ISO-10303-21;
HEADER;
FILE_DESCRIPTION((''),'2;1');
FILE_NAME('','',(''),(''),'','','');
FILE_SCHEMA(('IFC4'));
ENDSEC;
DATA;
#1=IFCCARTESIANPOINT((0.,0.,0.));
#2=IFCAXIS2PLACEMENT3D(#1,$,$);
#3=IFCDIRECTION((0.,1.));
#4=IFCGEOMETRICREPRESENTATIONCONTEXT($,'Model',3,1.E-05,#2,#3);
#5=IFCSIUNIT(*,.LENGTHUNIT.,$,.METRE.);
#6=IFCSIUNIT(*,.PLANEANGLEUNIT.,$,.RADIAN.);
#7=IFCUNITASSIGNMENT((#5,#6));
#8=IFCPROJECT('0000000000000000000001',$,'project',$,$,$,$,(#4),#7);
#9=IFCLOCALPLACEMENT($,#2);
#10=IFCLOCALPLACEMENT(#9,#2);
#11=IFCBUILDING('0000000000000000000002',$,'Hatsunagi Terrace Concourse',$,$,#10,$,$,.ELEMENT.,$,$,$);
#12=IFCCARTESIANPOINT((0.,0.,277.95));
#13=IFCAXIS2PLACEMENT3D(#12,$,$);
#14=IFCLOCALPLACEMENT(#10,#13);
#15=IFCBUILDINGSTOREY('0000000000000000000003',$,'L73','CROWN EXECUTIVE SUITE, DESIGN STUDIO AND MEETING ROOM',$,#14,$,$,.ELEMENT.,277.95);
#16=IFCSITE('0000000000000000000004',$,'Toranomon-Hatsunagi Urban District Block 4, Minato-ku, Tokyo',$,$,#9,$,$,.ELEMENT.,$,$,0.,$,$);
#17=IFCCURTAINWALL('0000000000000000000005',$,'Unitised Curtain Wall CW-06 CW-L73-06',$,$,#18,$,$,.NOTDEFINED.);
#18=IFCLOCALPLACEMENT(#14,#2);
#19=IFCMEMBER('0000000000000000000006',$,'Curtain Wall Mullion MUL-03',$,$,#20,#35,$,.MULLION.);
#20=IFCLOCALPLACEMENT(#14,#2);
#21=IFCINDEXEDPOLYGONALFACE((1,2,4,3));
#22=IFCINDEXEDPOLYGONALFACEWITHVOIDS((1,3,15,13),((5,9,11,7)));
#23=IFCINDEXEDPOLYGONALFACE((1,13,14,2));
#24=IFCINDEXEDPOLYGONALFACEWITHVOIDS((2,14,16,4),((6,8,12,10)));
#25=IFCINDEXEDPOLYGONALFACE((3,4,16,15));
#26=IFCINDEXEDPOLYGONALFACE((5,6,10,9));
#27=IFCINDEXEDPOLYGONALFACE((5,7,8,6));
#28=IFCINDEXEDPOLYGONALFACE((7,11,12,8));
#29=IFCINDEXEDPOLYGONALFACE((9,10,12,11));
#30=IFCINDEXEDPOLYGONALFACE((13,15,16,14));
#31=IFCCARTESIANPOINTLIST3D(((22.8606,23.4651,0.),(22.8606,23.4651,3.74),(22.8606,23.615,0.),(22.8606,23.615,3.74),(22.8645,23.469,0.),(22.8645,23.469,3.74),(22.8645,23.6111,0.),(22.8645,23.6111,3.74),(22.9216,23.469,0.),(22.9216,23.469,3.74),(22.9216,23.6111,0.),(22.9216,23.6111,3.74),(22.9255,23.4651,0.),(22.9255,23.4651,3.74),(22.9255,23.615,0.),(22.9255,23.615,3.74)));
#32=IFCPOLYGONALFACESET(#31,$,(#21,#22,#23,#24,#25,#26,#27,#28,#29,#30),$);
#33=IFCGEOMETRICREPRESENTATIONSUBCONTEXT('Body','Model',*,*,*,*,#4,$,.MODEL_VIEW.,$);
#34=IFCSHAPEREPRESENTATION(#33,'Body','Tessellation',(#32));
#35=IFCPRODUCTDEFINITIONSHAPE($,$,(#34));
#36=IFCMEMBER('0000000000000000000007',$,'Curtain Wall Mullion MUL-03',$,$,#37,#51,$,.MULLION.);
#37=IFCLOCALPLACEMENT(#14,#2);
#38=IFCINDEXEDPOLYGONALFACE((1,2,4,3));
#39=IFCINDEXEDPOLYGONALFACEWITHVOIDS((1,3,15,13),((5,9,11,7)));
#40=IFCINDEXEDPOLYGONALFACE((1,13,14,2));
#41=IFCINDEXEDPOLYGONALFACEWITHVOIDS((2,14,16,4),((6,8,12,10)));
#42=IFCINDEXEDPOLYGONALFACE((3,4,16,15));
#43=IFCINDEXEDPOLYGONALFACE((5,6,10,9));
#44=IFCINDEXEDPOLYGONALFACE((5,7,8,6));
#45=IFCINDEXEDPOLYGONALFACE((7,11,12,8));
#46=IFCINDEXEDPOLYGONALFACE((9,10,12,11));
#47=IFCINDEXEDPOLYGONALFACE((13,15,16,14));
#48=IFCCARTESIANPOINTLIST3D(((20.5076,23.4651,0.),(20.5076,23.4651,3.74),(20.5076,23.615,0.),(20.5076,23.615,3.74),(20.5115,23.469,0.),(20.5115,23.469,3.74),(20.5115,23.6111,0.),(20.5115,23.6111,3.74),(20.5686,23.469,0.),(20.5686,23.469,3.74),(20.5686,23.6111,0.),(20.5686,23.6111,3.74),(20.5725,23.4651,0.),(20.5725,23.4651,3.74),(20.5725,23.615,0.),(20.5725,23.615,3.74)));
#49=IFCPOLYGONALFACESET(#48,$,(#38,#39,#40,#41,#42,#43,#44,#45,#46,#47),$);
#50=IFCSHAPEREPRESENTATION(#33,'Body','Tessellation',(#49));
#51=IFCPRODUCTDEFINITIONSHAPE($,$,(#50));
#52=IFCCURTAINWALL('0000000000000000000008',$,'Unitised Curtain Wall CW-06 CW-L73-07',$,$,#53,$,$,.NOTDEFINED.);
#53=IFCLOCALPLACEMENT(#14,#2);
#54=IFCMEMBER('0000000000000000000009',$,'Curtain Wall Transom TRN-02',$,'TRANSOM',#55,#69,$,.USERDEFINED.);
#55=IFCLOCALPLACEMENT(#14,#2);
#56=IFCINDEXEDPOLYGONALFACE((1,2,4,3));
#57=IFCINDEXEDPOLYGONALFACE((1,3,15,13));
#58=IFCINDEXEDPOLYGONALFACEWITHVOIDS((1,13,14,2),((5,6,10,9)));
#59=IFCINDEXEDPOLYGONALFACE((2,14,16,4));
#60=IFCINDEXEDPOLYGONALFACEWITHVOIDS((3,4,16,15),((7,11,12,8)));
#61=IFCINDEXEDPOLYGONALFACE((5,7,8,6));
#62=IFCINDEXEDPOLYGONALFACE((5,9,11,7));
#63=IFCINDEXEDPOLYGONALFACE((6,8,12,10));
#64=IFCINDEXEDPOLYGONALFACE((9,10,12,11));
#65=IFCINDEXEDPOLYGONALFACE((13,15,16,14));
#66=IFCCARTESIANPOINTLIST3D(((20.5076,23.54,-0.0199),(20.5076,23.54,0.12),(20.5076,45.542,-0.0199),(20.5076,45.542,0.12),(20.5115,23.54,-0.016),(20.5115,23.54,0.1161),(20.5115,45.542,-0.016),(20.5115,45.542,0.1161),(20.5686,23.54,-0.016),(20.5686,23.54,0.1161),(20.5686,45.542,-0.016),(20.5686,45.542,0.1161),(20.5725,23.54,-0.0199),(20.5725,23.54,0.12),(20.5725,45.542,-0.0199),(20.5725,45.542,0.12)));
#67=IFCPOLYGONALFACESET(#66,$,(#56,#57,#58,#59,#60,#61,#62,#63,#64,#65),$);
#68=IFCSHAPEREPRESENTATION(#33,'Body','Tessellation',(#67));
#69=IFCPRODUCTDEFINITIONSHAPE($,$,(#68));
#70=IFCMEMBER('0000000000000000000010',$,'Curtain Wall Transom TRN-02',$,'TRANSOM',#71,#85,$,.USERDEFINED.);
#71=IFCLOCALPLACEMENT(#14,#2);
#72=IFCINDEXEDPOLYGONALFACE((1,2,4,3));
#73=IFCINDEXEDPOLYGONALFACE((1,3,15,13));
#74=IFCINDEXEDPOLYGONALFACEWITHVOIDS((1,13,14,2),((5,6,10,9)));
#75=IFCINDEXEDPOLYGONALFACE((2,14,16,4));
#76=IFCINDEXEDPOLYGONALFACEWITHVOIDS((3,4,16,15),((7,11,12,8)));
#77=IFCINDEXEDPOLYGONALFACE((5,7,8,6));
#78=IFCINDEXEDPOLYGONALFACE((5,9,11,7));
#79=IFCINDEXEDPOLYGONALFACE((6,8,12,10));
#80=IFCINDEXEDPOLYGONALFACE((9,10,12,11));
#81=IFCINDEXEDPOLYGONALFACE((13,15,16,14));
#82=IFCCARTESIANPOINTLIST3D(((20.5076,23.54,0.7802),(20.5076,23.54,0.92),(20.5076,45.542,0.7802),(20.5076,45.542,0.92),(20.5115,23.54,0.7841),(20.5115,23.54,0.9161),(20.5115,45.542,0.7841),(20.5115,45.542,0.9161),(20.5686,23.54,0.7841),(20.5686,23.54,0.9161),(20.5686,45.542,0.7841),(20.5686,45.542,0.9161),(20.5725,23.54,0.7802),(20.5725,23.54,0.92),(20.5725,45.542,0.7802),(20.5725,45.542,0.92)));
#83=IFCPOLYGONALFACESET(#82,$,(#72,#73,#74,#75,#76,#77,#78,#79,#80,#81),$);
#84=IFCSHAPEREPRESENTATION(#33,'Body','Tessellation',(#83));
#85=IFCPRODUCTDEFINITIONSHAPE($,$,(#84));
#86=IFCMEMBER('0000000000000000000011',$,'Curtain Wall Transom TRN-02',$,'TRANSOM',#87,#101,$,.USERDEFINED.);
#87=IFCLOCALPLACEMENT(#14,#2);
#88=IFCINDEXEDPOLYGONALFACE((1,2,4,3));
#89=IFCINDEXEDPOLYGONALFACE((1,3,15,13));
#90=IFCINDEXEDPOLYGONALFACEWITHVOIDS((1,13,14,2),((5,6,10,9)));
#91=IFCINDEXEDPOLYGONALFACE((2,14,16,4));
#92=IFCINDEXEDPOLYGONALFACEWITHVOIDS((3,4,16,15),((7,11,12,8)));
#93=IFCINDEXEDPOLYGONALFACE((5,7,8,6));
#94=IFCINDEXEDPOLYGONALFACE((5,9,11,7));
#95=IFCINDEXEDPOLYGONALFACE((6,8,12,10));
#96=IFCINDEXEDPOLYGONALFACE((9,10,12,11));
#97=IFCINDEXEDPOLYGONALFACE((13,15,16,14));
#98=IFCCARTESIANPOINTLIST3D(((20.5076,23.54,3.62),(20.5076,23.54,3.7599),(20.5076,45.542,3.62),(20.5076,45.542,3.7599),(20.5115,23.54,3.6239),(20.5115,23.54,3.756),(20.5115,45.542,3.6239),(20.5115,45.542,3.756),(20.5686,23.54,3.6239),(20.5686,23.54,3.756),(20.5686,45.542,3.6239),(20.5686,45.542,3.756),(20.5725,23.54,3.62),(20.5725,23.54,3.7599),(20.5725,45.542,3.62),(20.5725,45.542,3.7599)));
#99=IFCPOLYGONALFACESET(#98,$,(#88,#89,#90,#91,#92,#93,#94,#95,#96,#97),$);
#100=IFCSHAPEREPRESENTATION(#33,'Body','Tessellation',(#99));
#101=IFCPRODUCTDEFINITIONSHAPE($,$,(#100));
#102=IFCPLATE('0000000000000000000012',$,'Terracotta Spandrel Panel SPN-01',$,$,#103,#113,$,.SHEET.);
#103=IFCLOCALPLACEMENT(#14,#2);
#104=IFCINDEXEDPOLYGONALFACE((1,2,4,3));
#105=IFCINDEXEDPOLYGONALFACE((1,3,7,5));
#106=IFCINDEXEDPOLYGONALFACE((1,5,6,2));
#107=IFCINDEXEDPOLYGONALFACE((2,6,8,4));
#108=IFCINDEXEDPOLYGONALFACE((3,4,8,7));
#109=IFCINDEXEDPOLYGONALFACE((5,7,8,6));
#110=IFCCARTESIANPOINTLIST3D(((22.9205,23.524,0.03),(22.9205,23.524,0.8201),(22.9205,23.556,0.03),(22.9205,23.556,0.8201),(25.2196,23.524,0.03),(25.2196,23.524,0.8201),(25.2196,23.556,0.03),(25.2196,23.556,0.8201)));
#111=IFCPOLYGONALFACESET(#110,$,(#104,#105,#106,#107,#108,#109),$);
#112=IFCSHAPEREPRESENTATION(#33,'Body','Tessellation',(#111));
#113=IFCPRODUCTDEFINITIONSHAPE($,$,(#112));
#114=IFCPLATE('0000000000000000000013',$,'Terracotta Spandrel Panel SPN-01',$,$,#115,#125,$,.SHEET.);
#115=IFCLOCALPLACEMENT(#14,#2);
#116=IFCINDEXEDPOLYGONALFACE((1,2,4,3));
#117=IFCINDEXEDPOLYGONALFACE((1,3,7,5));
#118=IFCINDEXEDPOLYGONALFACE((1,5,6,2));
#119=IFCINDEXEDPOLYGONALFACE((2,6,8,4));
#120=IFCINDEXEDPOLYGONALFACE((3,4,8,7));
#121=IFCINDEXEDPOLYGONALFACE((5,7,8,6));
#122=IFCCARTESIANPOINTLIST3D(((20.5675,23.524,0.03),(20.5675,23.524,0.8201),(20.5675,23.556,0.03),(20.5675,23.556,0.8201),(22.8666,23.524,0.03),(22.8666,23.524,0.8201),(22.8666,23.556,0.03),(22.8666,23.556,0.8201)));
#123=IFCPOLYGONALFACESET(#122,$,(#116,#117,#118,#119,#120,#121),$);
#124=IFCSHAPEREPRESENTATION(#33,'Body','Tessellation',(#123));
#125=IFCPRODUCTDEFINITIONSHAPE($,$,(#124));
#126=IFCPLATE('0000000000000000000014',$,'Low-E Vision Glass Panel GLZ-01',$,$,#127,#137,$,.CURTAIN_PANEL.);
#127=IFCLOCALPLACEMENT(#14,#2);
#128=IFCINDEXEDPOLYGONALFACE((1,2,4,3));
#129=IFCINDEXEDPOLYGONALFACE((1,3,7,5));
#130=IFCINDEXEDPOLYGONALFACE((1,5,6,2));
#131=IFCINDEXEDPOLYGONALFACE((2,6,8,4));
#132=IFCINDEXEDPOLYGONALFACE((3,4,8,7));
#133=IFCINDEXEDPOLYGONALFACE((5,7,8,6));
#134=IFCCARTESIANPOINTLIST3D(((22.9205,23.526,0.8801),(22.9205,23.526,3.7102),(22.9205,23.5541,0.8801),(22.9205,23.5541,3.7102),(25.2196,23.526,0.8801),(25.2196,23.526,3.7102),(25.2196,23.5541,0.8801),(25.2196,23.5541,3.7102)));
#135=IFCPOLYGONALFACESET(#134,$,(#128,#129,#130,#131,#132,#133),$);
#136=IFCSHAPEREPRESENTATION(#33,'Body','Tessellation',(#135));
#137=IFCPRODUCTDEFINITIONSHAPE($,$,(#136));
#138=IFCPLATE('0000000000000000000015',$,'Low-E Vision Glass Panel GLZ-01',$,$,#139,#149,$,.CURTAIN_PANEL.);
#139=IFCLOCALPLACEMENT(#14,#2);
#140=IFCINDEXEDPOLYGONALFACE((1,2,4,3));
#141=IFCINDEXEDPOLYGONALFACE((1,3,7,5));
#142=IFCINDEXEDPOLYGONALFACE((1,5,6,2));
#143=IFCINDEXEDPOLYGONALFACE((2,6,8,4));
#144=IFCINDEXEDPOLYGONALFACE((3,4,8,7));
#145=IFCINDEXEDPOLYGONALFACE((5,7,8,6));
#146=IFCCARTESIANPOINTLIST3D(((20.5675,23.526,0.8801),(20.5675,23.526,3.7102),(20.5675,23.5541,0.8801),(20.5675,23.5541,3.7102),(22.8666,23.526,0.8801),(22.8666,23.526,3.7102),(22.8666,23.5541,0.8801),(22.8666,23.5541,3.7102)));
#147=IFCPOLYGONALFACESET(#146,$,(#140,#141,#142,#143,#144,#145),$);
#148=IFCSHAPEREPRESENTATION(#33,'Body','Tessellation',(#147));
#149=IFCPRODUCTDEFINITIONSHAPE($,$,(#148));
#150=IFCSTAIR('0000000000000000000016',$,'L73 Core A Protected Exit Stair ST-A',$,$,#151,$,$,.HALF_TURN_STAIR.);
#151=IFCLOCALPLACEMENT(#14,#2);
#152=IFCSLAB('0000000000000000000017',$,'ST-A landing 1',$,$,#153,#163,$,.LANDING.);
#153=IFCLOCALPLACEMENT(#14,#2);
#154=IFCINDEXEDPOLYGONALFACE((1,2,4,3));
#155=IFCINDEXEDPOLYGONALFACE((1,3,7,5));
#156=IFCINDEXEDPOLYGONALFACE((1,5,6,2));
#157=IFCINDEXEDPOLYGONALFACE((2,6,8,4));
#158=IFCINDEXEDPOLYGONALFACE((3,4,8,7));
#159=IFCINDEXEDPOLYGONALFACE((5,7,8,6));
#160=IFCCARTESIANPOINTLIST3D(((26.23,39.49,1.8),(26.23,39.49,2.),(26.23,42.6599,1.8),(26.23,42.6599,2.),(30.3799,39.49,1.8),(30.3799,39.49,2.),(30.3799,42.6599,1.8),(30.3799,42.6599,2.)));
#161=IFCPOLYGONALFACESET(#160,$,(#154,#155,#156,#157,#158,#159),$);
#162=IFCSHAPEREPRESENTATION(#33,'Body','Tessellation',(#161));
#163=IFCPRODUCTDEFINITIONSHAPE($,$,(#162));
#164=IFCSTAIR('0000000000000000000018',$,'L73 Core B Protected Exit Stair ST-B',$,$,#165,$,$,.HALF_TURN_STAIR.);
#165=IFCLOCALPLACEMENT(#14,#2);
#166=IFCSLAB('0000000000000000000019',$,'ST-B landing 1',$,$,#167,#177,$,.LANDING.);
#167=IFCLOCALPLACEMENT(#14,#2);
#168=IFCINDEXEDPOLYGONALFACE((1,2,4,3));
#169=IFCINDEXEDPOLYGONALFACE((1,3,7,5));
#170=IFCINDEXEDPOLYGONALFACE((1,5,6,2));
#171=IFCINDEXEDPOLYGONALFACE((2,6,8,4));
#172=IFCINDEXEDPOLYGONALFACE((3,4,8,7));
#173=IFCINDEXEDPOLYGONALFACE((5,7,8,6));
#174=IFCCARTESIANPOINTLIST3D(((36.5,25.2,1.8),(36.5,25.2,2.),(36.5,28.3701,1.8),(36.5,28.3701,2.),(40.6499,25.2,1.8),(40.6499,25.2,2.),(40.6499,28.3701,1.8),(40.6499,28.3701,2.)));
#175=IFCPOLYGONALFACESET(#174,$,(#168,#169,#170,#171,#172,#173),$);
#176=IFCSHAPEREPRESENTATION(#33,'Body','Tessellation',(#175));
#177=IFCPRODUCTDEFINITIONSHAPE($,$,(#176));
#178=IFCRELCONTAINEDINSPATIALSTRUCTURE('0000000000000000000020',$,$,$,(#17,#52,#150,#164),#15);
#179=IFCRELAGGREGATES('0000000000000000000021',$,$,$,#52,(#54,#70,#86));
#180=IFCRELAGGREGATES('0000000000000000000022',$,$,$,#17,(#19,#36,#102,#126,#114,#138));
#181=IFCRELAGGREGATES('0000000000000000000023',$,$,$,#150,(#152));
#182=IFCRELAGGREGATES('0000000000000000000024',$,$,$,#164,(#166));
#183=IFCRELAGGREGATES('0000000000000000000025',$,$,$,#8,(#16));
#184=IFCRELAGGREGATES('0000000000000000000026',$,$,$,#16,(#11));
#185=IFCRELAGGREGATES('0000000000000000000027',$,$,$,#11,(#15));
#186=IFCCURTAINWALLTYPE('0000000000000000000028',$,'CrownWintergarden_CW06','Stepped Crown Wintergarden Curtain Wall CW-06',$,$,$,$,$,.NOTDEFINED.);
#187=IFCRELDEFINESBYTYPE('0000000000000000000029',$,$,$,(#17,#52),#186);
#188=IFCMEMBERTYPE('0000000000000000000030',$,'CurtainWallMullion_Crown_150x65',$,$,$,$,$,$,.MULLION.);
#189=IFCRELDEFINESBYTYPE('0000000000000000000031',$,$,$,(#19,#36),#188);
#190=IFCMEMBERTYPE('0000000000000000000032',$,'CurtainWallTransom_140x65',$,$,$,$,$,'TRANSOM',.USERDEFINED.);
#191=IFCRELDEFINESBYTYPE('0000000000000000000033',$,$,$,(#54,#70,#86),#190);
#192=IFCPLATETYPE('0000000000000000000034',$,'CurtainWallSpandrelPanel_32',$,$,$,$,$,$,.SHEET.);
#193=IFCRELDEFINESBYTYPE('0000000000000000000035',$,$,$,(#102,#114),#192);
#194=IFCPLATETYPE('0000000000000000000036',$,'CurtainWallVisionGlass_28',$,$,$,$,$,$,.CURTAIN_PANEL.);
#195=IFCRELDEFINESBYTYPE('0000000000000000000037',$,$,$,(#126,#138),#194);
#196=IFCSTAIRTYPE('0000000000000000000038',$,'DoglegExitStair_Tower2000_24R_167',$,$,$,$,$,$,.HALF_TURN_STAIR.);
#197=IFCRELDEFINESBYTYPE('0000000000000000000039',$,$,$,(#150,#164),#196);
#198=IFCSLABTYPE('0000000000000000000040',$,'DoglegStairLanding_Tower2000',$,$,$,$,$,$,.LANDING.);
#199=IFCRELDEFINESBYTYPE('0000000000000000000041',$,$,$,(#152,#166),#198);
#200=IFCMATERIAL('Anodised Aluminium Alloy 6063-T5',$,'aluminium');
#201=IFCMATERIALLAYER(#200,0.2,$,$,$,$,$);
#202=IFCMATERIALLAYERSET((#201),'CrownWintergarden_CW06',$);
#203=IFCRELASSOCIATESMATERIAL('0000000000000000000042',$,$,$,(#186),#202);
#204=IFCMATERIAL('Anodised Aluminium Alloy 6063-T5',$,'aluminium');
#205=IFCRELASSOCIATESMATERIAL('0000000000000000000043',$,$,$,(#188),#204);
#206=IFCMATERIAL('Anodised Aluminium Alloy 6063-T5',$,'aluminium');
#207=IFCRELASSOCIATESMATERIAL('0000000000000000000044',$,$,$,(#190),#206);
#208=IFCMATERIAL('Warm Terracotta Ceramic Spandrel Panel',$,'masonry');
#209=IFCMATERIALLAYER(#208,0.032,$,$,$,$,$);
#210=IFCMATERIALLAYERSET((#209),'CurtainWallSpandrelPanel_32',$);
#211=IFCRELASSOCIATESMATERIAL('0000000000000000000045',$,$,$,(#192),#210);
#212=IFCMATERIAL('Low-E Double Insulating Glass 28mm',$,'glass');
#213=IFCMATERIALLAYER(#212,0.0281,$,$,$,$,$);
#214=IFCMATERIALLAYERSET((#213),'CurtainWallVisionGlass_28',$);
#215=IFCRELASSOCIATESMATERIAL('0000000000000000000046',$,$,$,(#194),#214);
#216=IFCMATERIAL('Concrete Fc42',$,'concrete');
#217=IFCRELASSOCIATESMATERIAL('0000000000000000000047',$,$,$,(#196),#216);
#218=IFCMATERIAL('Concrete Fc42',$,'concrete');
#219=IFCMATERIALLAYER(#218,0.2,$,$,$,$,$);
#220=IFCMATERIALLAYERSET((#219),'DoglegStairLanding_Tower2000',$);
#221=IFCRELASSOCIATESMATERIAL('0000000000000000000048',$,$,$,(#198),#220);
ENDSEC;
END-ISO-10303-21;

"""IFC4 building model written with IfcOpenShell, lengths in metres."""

from ifc_helpers import new_model, si_unit, direction, frame, origin, origin_2d, place, context, subcontext, project, spatial, polyline, rectangle, hollow_rectangle, outline, extrude, material, layer, layer_set, material_profile, profile_set, type_object, element, aggregate, save


model = new_model("IFC4")

# Units and contexts
model_context = context("Model", 3, precision=1e-05, world=origin(), true_north=direction((0.0, 1.0)))
body_context = subcontext(model_context, "Body", "Model", "MODEL_VIEW")
ifc_project = project(units=[si_unit("LENGTHUNIT", "METRE"), si_unit("PLANEANGLEUNIT", "RADIAN")], contexts=[model_context])

# Site, building, storey
site_placement = place(None, origin())
site = spatial("IfcSite", under=ifc_project, at=site_placement, Name="Toranomon-Hatsunagi Urban District Block 4, Minato-ku, Tokyo", CompositionType="ELEMENT", RefElevation=0.0)
building_placement = place(site_placement, origin())
building = spatial("IfcBuilding", under=site, at=building_placement, Name="Hatsunagi Terrace Concourse", CompositionType="ELEMENT")
storey_placement = place(building_placement, frame((0.0, 0.0, 277.95)))
storey = spatial("IfcBuildingStorey", under=building, at=storey_placement, Name="L73", Description="CROWN EXECUTIVE SUITE, DESIGN STUDIO AND MEETING ROOM", CompositionType="ELEMENT", Elevation=277.95)

# Curtain walls, members
ifc_material_1 = material(Name="Anodised Aluminium Alloy 6063-T5", Category="aluminium")
ifc_layer_1 = layer(ifc_material_1, 0.2)
ifc_layer_set_1 = layer_set([ifc_layer_1], Name="CrownWintergarden_CW06")
curtain_wall_type = type_object("IfcCurtainWallType", Name="CrownWintergarden_CW06", Description="Stepped Crown Wintergarden Curtain Wall CW-06", PredefinedType="NOTDEFINED", material=ifc_layer_set_1)
curtain_wall_1_placement = place(storey_placement, origin())
curtain_wall_1 = element("IfcCurtainWall", 1, at=curtain_wall_1_placement, inside=storey, type_object=curtain_wall_type, Name="Unitised Curtain Wall CW-06 CW-L73-06", PredefinedType="NOTDEFINED")
ifc_material_2 = material(Name="Anodised Aluminium Alloy 6063-T5", Category="aluminium")
ifc_material_profile_1 = material_profile(ifc_material_2, hollow_rectangle(XDim=0.0649, YDim=0.1499, WallThickness=0.0039, at=origin_2d()), Name="ALU-MUL-150x65x4")
ifc_profile_set_1 = profile_set([ifc_material_profile_1], Name="Anodised Aluminium Alloy 6063-T5")
member_type_1 = type_object("IfcMemberType", Name="CurtainWallMullion_Crown_150x65", PredefinedType="MULLION", material=ifc_profile_set_1)
member_1_placement = place(storey_placement, frame((22.8931, 23.54, 0.0), z_axis=(0.0, 0.0, 1.0), x_axis=(-1.0, 0.0, 0.0)))
member_1 = element("IfcMember", 2, at=member_1_placement, type_object=member_type_1, Name="Curtain Wall Mullion MUL-03", PredefinedType="MULLION", context=body_context, shape_type="SweptSolid", body=[
    extrude(hollow_rectangle(XDim=0.0649, YDim=0.1499, WallThickness=0.0039, at=origin_2d()), origin(), (0.0, 0.0, 1.0), 3.74),
])
member_2_placement = place(storey_placement, frame((20.54, 23.54, 0.0), z_axis=(0.0, 0.0, 1.0), x_axis=(-1.0, 0.0, 0.0)))
member_2 = element("IfcMember", 3, at=member_2_placement, type_object=member_type_1, Name="Curtain Wall Mullion MUL-03", PredefinedType="MULLION", context=body_context, shape_type="SweptSolid", body=[
    extrude(hollow_rectangle(XDim=0.0649, YDim=0.1499, WallThickness=0.0039, at=origin_2d()), origin(), (0.0, 0.0, 1.0), 3.74),
])
curtain_wall_2_placement = place(storey_placement, origin())
curtain_wall_2 = element("IfcCurtainWall", 4, at=curtain_wall_2_placement, inside=storey, type_object=curtain_wall_type, Name="Unitised Curtain Wall CW-06 CW-L73-07", PredefinedType="NOTDEFINED")
ifc_material_3 = material(Name="Anodised Aluminium Alloy 6063-T5", Category="aluminium")
ifc_material_profile_2 = material_profile(ifc_material_3, hollow_rectangle(XDim=0.0649, YDim=0.1399, WallThickness=0.0039, at=origin_2d()), Name="ALU-TRN-140x65x4")
ifc_profile_set_2 = profile_set([ifc_material_profile_2], Name="Anodised Aluminium Alloy 6063-T5")
member_type_2 = type_object("IfcMemberType", Name="CurtainWallTransom_140x65", ElementType="TRANSOM", PredefinedType="USERDEFINED", material=ifc_profile_set_2)
member_3_placement = place(storey_placement, frame((20.54, 23.54, 0.05), z_axis=(0.0, 1.0, 0.0), x_axis=(-1.0, 0.0, 0.0)))
member_3 = element("IfcMember", 5, at=member_3_placement, type_object=member_type_2, Name="Curtain Wall Transom TRN-02", ObjectType="TRANSOM", PredefinedType="USERDEFINED", context=body_context, shape_type="SweptSolid", body=[
    extrude(hollow_rectangle(XDim=0.0649, YDim=0.1399, WallThickness=0.0039, at=origin_2d()), origin(), (0.0, 0.0, 1.0), 22.002),
])
member_4_placement = place(storey_placement, frame((20.54, 23.54, 0.8501), z_axis=(0.0, 1.0, 0.0), x_axis=(-1.0, 0.0, 0.0)))
member_4 = element("IfcMember", 6, at=member_4_placement, type_object=member_type_2, Name="Curtain Wall Transom TRN-02", ObjectType="TRANSOM", PredefinedType="USERDEFINED", context=body_context, shape_type="SweptSolid", body=[
    extrude(hollow_rectangle(XDim=0.0649, YDim=0.1399, WallThickness=0.0039, at=origin_2d()), origin(), (0.0, 0.0, 1.0), 22.002),
])
member_5_placement = place(storey_placement, frame((20.54, 23.54, 3.6899), z_axis=(0.0, 1.0, 0.0), x_axis=(-1.0, 0.0, 0.0)))
member_5 = element("IfcMember", 7, at=member_5_placement, type_object=member_type_2, Name="Curtain Wall Transom TRN-02", ObjectType="TRANSOM", PredefinedType="USERDEFINED", context=body_context, shape_type="SweptSolid", body=[
    extrude(hollow_rectangle(XDim=0.0649, YDim=0.1399, WallThickness=0.0039, at=origin_2d()), origin(), (0.0, 0.0, 1.0), 22.002),
])
aggregate(curtain_wall_2, [member_3, member_4, member_5])

# Plates
ifc_material_4 = material(Name="Warm Terracotta Ceramic Spandrel Panel", Category="masonry")
ifc_layer_2 = layer(ifc_material_4, 0.032)
ifc_layer_set_2 = layer_set([ifc_layer_2], Name="CurtainWallSpandrelPanel_32")
plate_type_1 = type_object("IfcPlateType", Name="CurtainWallSpandrelPanel_32", PredefinedType="SHEET", material=ifc_layer_set_2)
plate_1_placement = place(storey_placement, frame((24.0701, 23.54, 0.03), z_axis=(0.0, 0.0, 1.0), x_axis=(-1.0, 0.0, 0.0)))
plate_1 = element("IfcPlate", 8, at=plate_1_placement, type_object=plate_type_1, Name="Terracotta Spandrel Panel SPN-01", PredefinedType="SHEET", context=body_context, shape_type="SweptSolid", body=[
    extrude(rectangle(XDim=2.2991, YDim=0.032, at=origin_2d()), origin(), (0.0, 0.0, 1.0), 0.79),
])
plate_2_placement = place(storey_placement, frame((21.717, 23.54, 0.03), z_axis=(0.0, 0.0, 1.0), x_axis=(-1.0, 0.0, 0.0)))
plate_2 = element("IfcPlate", 9, at=plate_2_placement, type_object=plate_type_1, Name="Terracotta Spandrel Panel SPN-01", PredefinedType="SHEET", context=body_context, shape_type="SweptSolid", body=[
    extrude(rectangle(XDim=2.2991, YDim=0.032, at=origin_2d()), origin(), (0.0, 0.0, 1.0), 0.79),
])
ifc_material_5 = material(Name="Low-E Double Insulating Glass 28mm", Category="glass")
ifc_layer_3 = layer(ifc_material_5, 0.0281)
ifc_layer_set_3 = layer_set([ifc_layer_3], Name="CurtainWallVisionGlass_28")
plate_type_2 = type_object("IfcPlateType", Name="CurtainWallVisionGlass_28", PredefinedType="CURTAIN_PANEL", material=ifc_layer_set_3)
plate_3_placement = place(storey_placement, frame((24.0701, 23.54, 0.8801), z_axis=(0.0, 0.0, 1.0), x_axis=(-1.0, 0.0, 0.0)))
plate_3 = element("IfcPlate", 10, at=plate_3_placement, type_object=plate_type_2, Name="Low-E Vision Glass Panel GLZ-01", PredefinedType="CURTAIN_PANEL", context=body_context, shape_type="SweptSolid", body=[
    extrude(rectangle(XDim=2.2991, YDim=0.0281, at=origin_2d()), origin(), (0.0, 0.0, 1.0), 2.8301),
])
plate_4_placement = place(storey_placement, frame((21.717, 23.54, 0.8801), z_axis=(0.0, 0.0, 1.0), x_axis=(-1.0, 0.0, 0.0)))
plate_4 = element("IfcPlate", 11, at=plate_4_placement, type_object=plate_type_2, Name="Low-E Vision Glass Panel GLZ-01", PredefinedType="CURTAIN_PANEL", context=body_context, shape_type="SweptSolid", body=[
    extrude(rectangle(XDim=2.2991, YDim=0.0281, at=origin_2d()), origin(), (0.0, 0.0, 1.0), 2.8301),
])
aggregate(curtain_wall_1, [member_1, member_2, plate_1, plate_3, plate_2, plate_4])

# Stairs, slabs
ifc_material_6 = material(Name="Concrete Fc42", Category="concrete")
stair_type = type_object("IfcStairType", Name="DoglegExitStair_Tower2000_24R_167", PredefinedType="HALF_TURN_STAIR", material=ifc_material_6)
stair_1_placement = place(storey_placement, origin())
stair_1 = element("IfcStair", 12, at=stair_1_placement, inside=storey, type_object=stair_type, Name="L73 Core A Protected Exit Stair ST-A", PredefinedType="HALF_TURN_STAIR")
ifc_material_7 = material(Name="Concrete Fc42", Category="concrete")
ifc_layer_4 = layer(ifc_material_7, 0.2)
ifc_layer_set_4 = layer_set([ifc_layer_4], Name="DoglegStairLanding_Tower2000")
slab_type_1 = type_object("IfcSlabType", Name="DoglegStairLanding_Tower2000", PredefinedType="LANDING", material=ifc_layer_set_4)
slab_1_placement = place(storey_placement, frame((0.0, 0.0, 1.8)))
slab_1 = element("IfcSlab", 13, at=slab_1_placement, type_object=slab_type_1, Name="ST-A landing 1", PredefinedType="LANDING", context=body_context, shape_type="SweptSolid", body=[
    extrude(outline(polyline([(30.3799, 39.49), (30.3799, 42.6599), (26.23, 42.6599), (26.23, 39.49), (30.3799, 39.49)])), origin(), (0.0, 0.0, 1.0), 0.2),
])
aggregate(stair_1, [slab_1])
stair_2_placement = place(storey_placement, origin())
stair_2 = element("IfcStair", 14, at=stair_2_placement, inside=storey, type_object=stair_type, Name="L73 Core B Protected Exit Stair ST-B", PredefinedType="HALF_TURN_STAIR")
slab_2_placement = place(storey_placement, frame((0.0, 0.0, 1.8)))
slab_2 = element("IfcSlab", 15, at=slab_2_placement, type_object=slab_type_1, Name="ST-B landing 1", PredefinedType="LANDING", context=body_context, shape_type="SweptSolid", body=[
    extrude(outline(polyline([(36.5, 28.3701), (36.5, 25.2), (40.6499, 25.2), (40.6499, 28.3701), (36.5, 28.3701)])), origin(), (0.0, 0.0, 1.0), 0.2),
])
aggregate(stair_2, [slab_2])

save(model, "model.ifc")
